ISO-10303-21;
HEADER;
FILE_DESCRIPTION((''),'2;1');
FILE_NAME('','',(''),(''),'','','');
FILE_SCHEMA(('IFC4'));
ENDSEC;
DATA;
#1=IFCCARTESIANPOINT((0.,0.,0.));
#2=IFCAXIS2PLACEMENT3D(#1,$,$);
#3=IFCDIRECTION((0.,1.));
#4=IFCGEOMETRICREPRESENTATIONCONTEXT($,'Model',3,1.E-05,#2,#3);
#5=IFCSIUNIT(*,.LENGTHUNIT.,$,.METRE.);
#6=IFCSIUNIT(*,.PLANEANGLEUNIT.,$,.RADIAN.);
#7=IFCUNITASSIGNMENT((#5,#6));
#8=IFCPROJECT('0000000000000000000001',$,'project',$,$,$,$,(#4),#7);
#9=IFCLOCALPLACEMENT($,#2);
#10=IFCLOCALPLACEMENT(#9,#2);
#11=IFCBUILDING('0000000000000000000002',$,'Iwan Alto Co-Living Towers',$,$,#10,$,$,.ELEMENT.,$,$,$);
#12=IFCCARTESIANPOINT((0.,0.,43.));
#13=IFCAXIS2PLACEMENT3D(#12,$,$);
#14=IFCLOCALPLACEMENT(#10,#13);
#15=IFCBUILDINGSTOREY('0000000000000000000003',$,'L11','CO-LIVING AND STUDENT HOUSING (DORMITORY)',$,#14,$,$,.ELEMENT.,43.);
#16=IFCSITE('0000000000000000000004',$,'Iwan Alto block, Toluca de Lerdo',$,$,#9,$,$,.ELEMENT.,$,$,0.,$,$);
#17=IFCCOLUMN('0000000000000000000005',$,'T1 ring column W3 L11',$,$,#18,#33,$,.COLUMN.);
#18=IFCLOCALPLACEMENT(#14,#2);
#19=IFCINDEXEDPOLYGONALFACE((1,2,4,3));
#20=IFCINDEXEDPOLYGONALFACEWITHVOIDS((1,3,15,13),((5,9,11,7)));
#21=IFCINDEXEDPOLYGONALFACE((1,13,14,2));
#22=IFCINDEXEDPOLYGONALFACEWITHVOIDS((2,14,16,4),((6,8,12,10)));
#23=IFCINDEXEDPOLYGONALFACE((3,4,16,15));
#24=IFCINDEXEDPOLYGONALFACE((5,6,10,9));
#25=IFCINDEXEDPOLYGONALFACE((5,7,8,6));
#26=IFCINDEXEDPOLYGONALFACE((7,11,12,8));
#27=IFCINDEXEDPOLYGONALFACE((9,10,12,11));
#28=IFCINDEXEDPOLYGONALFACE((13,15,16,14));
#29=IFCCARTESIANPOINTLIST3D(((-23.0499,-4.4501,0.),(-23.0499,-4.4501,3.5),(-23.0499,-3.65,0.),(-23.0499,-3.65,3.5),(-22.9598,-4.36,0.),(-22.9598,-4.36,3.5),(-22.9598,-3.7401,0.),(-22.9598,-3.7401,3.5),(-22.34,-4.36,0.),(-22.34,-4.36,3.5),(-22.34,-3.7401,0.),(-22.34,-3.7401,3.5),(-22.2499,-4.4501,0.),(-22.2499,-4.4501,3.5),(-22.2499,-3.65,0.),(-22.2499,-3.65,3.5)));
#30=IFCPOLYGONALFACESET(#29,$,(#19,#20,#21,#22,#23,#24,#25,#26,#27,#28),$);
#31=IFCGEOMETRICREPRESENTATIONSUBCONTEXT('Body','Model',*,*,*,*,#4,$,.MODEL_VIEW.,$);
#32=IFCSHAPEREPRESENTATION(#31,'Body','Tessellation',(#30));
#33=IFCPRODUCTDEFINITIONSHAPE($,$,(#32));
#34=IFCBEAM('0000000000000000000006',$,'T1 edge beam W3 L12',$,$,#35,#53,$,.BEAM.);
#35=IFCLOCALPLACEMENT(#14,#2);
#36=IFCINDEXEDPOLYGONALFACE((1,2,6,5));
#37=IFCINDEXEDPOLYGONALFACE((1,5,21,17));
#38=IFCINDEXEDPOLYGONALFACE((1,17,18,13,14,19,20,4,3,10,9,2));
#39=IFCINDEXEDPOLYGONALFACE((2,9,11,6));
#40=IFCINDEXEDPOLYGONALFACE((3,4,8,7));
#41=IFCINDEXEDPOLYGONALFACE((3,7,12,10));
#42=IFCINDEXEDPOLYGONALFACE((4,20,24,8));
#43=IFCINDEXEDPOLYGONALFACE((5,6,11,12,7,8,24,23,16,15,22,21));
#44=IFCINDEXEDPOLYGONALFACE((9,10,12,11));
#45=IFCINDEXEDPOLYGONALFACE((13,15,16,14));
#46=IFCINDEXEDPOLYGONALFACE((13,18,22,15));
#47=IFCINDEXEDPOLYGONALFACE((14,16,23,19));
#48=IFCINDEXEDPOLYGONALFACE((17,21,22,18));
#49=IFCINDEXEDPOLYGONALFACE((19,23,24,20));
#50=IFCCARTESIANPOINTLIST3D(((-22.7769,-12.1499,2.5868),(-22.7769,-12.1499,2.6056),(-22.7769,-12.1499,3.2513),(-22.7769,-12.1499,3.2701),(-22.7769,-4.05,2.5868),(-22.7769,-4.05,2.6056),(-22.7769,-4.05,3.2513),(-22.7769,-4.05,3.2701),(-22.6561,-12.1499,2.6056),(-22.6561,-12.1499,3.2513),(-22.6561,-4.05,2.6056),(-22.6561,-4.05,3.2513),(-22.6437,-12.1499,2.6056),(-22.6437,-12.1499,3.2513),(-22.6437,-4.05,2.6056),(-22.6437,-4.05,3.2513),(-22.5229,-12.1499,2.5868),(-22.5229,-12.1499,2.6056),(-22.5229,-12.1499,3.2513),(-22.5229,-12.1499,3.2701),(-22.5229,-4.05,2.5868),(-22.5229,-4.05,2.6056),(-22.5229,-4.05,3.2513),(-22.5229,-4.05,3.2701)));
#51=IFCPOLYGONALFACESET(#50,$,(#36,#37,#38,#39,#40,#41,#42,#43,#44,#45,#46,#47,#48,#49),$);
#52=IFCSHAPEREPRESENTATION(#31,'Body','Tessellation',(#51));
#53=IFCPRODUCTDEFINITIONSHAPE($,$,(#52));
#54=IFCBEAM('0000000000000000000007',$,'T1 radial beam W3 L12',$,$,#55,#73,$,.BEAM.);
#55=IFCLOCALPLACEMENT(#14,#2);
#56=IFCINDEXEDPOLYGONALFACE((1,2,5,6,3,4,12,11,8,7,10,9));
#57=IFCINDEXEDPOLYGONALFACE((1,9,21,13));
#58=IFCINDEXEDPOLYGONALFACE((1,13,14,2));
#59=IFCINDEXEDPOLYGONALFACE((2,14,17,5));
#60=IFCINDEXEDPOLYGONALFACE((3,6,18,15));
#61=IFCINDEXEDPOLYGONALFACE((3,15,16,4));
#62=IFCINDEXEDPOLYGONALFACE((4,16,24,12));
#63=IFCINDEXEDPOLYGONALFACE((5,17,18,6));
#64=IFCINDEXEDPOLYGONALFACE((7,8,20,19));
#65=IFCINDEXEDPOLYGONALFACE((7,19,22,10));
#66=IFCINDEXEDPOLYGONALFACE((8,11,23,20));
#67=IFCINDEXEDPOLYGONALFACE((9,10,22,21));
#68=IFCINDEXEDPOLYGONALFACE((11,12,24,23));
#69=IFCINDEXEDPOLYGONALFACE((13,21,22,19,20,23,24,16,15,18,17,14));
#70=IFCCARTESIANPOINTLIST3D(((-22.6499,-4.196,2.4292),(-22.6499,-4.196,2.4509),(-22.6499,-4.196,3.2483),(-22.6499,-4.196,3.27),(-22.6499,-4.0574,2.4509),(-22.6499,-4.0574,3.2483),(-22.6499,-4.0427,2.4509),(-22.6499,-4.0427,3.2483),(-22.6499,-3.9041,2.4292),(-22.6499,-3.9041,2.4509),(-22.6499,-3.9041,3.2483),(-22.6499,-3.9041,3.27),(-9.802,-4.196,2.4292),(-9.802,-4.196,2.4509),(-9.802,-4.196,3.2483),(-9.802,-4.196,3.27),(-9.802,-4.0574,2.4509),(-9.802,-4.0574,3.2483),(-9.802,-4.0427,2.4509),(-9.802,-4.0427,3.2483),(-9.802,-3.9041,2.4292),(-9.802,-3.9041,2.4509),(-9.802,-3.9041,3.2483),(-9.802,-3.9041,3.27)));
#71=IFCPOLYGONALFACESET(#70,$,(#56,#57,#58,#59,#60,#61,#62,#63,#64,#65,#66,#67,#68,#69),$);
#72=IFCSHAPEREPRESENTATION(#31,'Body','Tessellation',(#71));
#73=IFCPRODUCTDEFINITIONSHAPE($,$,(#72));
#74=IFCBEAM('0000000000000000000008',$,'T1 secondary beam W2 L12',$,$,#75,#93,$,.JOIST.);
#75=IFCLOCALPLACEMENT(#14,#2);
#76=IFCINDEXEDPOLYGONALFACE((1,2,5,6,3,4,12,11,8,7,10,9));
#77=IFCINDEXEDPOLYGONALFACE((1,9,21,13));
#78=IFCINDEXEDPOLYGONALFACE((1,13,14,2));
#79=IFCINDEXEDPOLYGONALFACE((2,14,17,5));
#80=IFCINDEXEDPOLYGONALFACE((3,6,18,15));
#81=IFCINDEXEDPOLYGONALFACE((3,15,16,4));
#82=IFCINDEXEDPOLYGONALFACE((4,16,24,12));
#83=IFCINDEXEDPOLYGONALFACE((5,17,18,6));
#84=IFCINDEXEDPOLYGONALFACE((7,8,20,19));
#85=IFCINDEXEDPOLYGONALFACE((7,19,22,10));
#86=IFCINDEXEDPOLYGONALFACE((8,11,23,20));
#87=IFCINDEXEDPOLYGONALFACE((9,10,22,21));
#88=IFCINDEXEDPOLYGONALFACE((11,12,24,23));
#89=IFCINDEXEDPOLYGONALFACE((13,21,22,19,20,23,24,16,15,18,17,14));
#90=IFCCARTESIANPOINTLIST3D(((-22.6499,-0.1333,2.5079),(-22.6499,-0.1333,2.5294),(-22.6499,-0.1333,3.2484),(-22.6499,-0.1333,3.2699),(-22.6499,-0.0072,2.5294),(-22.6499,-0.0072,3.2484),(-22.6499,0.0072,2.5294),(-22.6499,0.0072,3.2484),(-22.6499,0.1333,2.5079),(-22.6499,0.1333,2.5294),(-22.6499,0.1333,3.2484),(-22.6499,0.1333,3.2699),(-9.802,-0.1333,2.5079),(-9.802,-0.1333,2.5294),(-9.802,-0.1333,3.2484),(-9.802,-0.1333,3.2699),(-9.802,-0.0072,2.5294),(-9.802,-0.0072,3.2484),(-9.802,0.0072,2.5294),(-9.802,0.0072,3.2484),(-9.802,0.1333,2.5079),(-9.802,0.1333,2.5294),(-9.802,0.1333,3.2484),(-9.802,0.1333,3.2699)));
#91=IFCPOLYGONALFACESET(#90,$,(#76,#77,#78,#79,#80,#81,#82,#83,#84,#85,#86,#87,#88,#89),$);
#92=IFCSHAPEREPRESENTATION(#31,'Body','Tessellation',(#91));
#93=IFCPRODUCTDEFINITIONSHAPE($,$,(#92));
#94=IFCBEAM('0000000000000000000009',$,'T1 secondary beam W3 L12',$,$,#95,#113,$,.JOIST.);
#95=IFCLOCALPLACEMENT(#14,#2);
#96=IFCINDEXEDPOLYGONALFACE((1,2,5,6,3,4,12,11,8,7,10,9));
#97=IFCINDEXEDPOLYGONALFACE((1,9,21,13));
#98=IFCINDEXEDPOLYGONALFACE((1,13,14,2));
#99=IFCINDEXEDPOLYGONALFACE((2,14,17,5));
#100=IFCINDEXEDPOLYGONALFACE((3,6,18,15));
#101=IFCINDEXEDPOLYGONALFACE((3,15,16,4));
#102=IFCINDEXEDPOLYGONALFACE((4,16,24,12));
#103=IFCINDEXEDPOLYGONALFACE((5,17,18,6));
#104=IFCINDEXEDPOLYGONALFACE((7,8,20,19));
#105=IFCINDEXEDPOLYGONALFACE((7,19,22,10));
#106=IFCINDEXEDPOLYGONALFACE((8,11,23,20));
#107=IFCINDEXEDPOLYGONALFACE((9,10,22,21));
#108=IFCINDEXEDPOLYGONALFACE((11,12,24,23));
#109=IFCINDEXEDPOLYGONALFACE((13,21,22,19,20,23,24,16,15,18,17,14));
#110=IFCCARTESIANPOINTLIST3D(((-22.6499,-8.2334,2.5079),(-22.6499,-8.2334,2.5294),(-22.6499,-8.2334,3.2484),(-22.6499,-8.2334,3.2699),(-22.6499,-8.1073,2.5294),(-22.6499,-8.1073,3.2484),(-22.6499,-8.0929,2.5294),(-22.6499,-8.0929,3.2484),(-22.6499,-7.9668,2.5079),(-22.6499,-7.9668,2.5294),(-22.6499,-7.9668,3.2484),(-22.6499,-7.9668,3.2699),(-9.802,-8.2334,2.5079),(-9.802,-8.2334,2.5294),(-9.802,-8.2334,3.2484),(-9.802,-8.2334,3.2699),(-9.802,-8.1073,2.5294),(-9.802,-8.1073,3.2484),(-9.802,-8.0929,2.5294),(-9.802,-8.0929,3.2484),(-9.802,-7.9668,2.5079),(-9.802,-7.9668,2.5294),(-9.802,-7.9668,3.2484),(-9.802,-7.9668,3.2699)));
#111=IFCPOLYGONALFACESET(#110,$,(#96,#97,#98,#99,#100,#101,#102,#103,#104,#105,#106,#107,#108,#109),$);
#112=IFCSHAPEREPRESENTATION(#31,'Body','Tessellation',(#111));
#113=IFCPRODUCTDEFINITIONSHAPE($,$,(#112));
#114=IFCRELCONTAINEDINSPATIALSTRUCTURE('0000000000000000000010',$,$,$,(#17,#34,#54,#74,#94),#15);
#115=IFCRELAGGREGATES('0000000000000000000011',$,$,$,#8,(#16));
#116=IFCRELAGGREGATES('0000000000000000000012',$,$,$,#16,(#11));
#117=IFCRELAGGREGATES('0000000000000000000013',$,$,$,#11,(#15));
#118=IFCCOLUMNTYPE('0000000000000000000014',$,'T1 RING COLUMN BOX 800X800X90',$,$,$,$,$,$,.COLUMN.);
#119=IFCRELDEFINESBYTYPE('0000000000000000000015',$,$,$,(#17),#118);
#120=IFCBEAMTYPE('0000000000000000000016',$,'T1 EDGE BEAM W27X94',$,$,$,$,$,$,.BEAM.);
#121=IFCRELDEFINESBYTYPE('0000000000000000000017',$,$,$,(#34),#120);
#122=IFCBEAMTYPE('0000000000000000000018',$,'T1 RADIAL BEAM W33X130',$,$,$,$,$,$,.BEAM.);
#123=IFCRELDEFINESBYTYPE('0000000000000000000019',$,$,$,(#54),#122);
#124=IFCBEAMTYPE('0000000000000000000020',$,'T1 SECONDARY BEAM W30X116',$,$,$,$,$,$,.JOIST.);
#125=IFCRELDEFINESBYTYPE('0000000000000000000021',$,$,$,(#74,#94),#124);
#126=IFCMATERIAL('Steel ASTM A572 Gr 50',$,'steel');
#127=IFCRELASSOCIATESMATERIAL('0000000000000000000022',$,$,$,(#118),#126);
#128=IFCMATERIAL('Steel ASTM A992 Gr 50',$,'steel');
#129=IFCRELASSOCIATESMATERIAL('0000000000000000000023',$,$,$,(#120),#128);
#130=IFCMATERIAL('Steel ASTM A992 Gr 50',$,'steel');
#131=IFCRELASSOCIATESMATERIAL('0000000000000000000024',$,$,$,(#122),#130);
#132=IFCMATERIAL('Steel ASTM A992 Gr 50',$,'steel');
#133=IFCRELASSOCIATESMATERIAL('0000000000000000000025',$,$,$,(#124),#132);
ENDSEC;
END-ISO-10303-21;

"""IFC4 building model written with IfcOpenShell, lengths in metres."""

from ifc_helpers import new_model, si_unit, direction, frame, origin, origin_2d, place, context, subcontext, project, spatial, hollow_rectangle, i_section, extrude, material, material_profile, profile_set, type_object, element, save


model = new_model("IFC4")

# Units and contexts
model_context = context("Model", 3, precision=1e-05, world=origin(), true_north=direction((0.0, 1.0)))
body_context = subcontext(model_context, "Body", "Model", "MODEL_VIEW")
ifc_project = project(units=[si_unit("LENGTHUNIT", "METRE"), si_unit("PLANEANGLEUNIT", "RADIAN")], contexts=[model_context])

# Site, building, storey
site_placement = place(None, origin())
site = spatial("IfcSite", under=ifc_project, at=site_placement, Name="Iwan Alto block, Toluca de Lerdo", CompositionType="ELEMENT", RefElevation=0.0)
building_placement = place(site_placement, origin())
building = spatial("IfcBuilding", under=site, at=building_placement, Name="Iwan Alto Co-Living Towers", CompositionType="ELEMENT")
storey_placement = place(building_placement, frame((0.0, 0.0, 43.0)))
storey = spatial("IfcBuildingStorey", under=building, at=storey_placement, Name="L11", Description="CO-LIVING AND STUDENT HOUSING (DORMITORY)", CompositionType="ELEMENT", Elevation=43.0)

# Column
ifc_material_1 = material(Name="Steel ASTM A572 Gr 50", Category="steel")
ifc_material_profile_1 = material_profile(ifc_material_1, hollow_rectangle(XDim=0.8, YDim=0.8, WallThickness=0.0901, at=origin_2d()), Name="BOX 800X800X90")
ifc_profile_set_1 = profile_set([ifc_material_profile_1], Name="Steel ASTM A572 Gr 50")
column_type = type_object("IfcColumnType", Name="T1 RING COLUMN BOX 800X800X90", PredefinedType="COLUMN", material=ifc_profile_set_1)
column_placement = place(storey_placement, frame((-22.6499, -4.05, 0.0), z_axis=(0.0, 0.0, 1.0), x_axis=(1.0, 0.0, 0.0)))
element("IfcColumn", 1, at=column_placement, inside=storey, type_object=column_type, Name="T1 ring column W3 L11", PredefinedType="COLUMN", context=body_context, shape_type="SweptSolid", body=[
    extrude(hollow_rectangle(XDim=0.8, YDim=0.8, WallThickness=0.0901, at=origin_2d()), origin(), (0.0, 0.0, 1.0), 3.5),
])

# Beams
ifc_material_2 = material(Name="Steel ASTM A992 Gr 50", Category="steel")
ifc_material_profile_2 = material_profile(ifc_material_2, i_section(OverallWidth=0.2539, OverallDepth=0.6833, WebThickness=0.0125, FlangeThickness=0.0188, at=origin_2d()), Name="W27X94")
ifc_profile_set_2 = profile_set([ifc_material_profile_2], Name="Steel ASTM A992 Gr 50")
beam_type_1 = type_object("IfcBeamType", Name="T1 EDGE BEAM W27X94", PredefinedType="BEAM", material=ifc_profile_set_2)
beam_1_placement = place(storey_placement, frame((-22.6499, -4.05, 2.9285), z_axis=(0.0, -1.0, 0.0), x_axis=(1.0, 0.0, 0.0)))
element("IfcBeam", 2, at=beam_1_placement, inside=storey, type_object=beam_type_1, Name="T1 edge beam W3 L12", PredefinedType="BEAM", context=body_context, shape_type="SweptSolid", body=[
    extrude(i_section(OverallWidth=0.2539, OverallDepth=0.6833, WebThickness=0.0125, FlangeThickness=0.0188, at=origin_2d()), origin(), (0.0, 0.0, 1.0), 8.0999),
])
ifc_material_3 = material(Name="Steel ASTM A992 Gr 50", Category="steel")
ifc_material_profile_3 = material_profile(ifc_material_3, i_section(OverallWidth=0.292, OverallDepth=0.8408, WebThickness=0.0146, FlangeThickness=0.0217, at=origin_2d()), Name="W33X130")
ifc_profile_set_3 = profile_set([ifc_material_profile_3], Name="Steel ASTM A992 Gr 50")
beam_type_2 = type_object("IfcBeamType", Name="T1 RADIAL BEAM W33X130", PredefinedType="BEAM", material=ifc_profile_set_3)
beam_2_placement = place(storey_placement, frame((-22.6499, -4.05, 2.8496), z_axis=(1.0, 0.0, 0.0), x_axis=(0.0, 1.0, 0.0)))
element("IfcBeam", 3, at=beam_2_placement, inside=storey, type_object=beam_type_2, Name="T1 radial beam W3 L12", PredefinedType="BEAM", context=body_context, shape_type="SweptSolid", body=[
    extrude(i_section(OverallWidth=0.292, OverallDepth=0.8408, WebThickness=0.0146, FlangeThickness=0.0217, at=origin_2d()), origin(), (0.0, 0.0, 1.0), 12.8479),
])
ifc_material_4 = material(Name="Steel ASTM A992 Gr 50", Category="steel")
ifc_material_profile_4 = material_profile(ifc_material_4, i_section(OverallWidth=0.2666, OverallDepth=0.762, WebThickness=0.0144, FlangeThickness=0.0215, at=origin_2d()), Name="W30X116")
ifc_profile_set_4 = profile_set([ifc_material_profile_4], Name="Steel ASTM A992 Gr 50")
beam_type_3 = type_object("IfcBeamType", Name="T1 SECONDARY BEAM W30X116", PredefinedType="JOIST", material=ifc_profile_set_4)
for number, where, z_axis, x_axis, name in (
    (4, (-22.6499, 0.0, 2.8889), (1.0, 0.0, 0.0), (0.0, 1.0, 0.0), "T1 secondary beam W2 L12"),
    (5, (-22.6499, -8.1001, 2.8889), (1.0, 0.0, 0.0), (0.0, 1.0, 0.0), "T1 secondary beam W3 L12"),
):
    element("IfcBeam", number, at=place(storey_placement, frame(where, z_axis=z_axis, x_axis=x_axis)), inside=storey, type_object=beam_type_3, Name=name, PredefinedType="JOIST", context=body_context, shape_type="SweptSolid", body=[
        extrude(i_section(OverallWidth=0.2666, OverallDepth=0.762, WebThickness=0.0144, FlangeThickness=0.0215, at=origin_2d()), origin(), (0.0, 0.0, 1.0), 12.8479),
    ])

save(model, "model.ifc")
